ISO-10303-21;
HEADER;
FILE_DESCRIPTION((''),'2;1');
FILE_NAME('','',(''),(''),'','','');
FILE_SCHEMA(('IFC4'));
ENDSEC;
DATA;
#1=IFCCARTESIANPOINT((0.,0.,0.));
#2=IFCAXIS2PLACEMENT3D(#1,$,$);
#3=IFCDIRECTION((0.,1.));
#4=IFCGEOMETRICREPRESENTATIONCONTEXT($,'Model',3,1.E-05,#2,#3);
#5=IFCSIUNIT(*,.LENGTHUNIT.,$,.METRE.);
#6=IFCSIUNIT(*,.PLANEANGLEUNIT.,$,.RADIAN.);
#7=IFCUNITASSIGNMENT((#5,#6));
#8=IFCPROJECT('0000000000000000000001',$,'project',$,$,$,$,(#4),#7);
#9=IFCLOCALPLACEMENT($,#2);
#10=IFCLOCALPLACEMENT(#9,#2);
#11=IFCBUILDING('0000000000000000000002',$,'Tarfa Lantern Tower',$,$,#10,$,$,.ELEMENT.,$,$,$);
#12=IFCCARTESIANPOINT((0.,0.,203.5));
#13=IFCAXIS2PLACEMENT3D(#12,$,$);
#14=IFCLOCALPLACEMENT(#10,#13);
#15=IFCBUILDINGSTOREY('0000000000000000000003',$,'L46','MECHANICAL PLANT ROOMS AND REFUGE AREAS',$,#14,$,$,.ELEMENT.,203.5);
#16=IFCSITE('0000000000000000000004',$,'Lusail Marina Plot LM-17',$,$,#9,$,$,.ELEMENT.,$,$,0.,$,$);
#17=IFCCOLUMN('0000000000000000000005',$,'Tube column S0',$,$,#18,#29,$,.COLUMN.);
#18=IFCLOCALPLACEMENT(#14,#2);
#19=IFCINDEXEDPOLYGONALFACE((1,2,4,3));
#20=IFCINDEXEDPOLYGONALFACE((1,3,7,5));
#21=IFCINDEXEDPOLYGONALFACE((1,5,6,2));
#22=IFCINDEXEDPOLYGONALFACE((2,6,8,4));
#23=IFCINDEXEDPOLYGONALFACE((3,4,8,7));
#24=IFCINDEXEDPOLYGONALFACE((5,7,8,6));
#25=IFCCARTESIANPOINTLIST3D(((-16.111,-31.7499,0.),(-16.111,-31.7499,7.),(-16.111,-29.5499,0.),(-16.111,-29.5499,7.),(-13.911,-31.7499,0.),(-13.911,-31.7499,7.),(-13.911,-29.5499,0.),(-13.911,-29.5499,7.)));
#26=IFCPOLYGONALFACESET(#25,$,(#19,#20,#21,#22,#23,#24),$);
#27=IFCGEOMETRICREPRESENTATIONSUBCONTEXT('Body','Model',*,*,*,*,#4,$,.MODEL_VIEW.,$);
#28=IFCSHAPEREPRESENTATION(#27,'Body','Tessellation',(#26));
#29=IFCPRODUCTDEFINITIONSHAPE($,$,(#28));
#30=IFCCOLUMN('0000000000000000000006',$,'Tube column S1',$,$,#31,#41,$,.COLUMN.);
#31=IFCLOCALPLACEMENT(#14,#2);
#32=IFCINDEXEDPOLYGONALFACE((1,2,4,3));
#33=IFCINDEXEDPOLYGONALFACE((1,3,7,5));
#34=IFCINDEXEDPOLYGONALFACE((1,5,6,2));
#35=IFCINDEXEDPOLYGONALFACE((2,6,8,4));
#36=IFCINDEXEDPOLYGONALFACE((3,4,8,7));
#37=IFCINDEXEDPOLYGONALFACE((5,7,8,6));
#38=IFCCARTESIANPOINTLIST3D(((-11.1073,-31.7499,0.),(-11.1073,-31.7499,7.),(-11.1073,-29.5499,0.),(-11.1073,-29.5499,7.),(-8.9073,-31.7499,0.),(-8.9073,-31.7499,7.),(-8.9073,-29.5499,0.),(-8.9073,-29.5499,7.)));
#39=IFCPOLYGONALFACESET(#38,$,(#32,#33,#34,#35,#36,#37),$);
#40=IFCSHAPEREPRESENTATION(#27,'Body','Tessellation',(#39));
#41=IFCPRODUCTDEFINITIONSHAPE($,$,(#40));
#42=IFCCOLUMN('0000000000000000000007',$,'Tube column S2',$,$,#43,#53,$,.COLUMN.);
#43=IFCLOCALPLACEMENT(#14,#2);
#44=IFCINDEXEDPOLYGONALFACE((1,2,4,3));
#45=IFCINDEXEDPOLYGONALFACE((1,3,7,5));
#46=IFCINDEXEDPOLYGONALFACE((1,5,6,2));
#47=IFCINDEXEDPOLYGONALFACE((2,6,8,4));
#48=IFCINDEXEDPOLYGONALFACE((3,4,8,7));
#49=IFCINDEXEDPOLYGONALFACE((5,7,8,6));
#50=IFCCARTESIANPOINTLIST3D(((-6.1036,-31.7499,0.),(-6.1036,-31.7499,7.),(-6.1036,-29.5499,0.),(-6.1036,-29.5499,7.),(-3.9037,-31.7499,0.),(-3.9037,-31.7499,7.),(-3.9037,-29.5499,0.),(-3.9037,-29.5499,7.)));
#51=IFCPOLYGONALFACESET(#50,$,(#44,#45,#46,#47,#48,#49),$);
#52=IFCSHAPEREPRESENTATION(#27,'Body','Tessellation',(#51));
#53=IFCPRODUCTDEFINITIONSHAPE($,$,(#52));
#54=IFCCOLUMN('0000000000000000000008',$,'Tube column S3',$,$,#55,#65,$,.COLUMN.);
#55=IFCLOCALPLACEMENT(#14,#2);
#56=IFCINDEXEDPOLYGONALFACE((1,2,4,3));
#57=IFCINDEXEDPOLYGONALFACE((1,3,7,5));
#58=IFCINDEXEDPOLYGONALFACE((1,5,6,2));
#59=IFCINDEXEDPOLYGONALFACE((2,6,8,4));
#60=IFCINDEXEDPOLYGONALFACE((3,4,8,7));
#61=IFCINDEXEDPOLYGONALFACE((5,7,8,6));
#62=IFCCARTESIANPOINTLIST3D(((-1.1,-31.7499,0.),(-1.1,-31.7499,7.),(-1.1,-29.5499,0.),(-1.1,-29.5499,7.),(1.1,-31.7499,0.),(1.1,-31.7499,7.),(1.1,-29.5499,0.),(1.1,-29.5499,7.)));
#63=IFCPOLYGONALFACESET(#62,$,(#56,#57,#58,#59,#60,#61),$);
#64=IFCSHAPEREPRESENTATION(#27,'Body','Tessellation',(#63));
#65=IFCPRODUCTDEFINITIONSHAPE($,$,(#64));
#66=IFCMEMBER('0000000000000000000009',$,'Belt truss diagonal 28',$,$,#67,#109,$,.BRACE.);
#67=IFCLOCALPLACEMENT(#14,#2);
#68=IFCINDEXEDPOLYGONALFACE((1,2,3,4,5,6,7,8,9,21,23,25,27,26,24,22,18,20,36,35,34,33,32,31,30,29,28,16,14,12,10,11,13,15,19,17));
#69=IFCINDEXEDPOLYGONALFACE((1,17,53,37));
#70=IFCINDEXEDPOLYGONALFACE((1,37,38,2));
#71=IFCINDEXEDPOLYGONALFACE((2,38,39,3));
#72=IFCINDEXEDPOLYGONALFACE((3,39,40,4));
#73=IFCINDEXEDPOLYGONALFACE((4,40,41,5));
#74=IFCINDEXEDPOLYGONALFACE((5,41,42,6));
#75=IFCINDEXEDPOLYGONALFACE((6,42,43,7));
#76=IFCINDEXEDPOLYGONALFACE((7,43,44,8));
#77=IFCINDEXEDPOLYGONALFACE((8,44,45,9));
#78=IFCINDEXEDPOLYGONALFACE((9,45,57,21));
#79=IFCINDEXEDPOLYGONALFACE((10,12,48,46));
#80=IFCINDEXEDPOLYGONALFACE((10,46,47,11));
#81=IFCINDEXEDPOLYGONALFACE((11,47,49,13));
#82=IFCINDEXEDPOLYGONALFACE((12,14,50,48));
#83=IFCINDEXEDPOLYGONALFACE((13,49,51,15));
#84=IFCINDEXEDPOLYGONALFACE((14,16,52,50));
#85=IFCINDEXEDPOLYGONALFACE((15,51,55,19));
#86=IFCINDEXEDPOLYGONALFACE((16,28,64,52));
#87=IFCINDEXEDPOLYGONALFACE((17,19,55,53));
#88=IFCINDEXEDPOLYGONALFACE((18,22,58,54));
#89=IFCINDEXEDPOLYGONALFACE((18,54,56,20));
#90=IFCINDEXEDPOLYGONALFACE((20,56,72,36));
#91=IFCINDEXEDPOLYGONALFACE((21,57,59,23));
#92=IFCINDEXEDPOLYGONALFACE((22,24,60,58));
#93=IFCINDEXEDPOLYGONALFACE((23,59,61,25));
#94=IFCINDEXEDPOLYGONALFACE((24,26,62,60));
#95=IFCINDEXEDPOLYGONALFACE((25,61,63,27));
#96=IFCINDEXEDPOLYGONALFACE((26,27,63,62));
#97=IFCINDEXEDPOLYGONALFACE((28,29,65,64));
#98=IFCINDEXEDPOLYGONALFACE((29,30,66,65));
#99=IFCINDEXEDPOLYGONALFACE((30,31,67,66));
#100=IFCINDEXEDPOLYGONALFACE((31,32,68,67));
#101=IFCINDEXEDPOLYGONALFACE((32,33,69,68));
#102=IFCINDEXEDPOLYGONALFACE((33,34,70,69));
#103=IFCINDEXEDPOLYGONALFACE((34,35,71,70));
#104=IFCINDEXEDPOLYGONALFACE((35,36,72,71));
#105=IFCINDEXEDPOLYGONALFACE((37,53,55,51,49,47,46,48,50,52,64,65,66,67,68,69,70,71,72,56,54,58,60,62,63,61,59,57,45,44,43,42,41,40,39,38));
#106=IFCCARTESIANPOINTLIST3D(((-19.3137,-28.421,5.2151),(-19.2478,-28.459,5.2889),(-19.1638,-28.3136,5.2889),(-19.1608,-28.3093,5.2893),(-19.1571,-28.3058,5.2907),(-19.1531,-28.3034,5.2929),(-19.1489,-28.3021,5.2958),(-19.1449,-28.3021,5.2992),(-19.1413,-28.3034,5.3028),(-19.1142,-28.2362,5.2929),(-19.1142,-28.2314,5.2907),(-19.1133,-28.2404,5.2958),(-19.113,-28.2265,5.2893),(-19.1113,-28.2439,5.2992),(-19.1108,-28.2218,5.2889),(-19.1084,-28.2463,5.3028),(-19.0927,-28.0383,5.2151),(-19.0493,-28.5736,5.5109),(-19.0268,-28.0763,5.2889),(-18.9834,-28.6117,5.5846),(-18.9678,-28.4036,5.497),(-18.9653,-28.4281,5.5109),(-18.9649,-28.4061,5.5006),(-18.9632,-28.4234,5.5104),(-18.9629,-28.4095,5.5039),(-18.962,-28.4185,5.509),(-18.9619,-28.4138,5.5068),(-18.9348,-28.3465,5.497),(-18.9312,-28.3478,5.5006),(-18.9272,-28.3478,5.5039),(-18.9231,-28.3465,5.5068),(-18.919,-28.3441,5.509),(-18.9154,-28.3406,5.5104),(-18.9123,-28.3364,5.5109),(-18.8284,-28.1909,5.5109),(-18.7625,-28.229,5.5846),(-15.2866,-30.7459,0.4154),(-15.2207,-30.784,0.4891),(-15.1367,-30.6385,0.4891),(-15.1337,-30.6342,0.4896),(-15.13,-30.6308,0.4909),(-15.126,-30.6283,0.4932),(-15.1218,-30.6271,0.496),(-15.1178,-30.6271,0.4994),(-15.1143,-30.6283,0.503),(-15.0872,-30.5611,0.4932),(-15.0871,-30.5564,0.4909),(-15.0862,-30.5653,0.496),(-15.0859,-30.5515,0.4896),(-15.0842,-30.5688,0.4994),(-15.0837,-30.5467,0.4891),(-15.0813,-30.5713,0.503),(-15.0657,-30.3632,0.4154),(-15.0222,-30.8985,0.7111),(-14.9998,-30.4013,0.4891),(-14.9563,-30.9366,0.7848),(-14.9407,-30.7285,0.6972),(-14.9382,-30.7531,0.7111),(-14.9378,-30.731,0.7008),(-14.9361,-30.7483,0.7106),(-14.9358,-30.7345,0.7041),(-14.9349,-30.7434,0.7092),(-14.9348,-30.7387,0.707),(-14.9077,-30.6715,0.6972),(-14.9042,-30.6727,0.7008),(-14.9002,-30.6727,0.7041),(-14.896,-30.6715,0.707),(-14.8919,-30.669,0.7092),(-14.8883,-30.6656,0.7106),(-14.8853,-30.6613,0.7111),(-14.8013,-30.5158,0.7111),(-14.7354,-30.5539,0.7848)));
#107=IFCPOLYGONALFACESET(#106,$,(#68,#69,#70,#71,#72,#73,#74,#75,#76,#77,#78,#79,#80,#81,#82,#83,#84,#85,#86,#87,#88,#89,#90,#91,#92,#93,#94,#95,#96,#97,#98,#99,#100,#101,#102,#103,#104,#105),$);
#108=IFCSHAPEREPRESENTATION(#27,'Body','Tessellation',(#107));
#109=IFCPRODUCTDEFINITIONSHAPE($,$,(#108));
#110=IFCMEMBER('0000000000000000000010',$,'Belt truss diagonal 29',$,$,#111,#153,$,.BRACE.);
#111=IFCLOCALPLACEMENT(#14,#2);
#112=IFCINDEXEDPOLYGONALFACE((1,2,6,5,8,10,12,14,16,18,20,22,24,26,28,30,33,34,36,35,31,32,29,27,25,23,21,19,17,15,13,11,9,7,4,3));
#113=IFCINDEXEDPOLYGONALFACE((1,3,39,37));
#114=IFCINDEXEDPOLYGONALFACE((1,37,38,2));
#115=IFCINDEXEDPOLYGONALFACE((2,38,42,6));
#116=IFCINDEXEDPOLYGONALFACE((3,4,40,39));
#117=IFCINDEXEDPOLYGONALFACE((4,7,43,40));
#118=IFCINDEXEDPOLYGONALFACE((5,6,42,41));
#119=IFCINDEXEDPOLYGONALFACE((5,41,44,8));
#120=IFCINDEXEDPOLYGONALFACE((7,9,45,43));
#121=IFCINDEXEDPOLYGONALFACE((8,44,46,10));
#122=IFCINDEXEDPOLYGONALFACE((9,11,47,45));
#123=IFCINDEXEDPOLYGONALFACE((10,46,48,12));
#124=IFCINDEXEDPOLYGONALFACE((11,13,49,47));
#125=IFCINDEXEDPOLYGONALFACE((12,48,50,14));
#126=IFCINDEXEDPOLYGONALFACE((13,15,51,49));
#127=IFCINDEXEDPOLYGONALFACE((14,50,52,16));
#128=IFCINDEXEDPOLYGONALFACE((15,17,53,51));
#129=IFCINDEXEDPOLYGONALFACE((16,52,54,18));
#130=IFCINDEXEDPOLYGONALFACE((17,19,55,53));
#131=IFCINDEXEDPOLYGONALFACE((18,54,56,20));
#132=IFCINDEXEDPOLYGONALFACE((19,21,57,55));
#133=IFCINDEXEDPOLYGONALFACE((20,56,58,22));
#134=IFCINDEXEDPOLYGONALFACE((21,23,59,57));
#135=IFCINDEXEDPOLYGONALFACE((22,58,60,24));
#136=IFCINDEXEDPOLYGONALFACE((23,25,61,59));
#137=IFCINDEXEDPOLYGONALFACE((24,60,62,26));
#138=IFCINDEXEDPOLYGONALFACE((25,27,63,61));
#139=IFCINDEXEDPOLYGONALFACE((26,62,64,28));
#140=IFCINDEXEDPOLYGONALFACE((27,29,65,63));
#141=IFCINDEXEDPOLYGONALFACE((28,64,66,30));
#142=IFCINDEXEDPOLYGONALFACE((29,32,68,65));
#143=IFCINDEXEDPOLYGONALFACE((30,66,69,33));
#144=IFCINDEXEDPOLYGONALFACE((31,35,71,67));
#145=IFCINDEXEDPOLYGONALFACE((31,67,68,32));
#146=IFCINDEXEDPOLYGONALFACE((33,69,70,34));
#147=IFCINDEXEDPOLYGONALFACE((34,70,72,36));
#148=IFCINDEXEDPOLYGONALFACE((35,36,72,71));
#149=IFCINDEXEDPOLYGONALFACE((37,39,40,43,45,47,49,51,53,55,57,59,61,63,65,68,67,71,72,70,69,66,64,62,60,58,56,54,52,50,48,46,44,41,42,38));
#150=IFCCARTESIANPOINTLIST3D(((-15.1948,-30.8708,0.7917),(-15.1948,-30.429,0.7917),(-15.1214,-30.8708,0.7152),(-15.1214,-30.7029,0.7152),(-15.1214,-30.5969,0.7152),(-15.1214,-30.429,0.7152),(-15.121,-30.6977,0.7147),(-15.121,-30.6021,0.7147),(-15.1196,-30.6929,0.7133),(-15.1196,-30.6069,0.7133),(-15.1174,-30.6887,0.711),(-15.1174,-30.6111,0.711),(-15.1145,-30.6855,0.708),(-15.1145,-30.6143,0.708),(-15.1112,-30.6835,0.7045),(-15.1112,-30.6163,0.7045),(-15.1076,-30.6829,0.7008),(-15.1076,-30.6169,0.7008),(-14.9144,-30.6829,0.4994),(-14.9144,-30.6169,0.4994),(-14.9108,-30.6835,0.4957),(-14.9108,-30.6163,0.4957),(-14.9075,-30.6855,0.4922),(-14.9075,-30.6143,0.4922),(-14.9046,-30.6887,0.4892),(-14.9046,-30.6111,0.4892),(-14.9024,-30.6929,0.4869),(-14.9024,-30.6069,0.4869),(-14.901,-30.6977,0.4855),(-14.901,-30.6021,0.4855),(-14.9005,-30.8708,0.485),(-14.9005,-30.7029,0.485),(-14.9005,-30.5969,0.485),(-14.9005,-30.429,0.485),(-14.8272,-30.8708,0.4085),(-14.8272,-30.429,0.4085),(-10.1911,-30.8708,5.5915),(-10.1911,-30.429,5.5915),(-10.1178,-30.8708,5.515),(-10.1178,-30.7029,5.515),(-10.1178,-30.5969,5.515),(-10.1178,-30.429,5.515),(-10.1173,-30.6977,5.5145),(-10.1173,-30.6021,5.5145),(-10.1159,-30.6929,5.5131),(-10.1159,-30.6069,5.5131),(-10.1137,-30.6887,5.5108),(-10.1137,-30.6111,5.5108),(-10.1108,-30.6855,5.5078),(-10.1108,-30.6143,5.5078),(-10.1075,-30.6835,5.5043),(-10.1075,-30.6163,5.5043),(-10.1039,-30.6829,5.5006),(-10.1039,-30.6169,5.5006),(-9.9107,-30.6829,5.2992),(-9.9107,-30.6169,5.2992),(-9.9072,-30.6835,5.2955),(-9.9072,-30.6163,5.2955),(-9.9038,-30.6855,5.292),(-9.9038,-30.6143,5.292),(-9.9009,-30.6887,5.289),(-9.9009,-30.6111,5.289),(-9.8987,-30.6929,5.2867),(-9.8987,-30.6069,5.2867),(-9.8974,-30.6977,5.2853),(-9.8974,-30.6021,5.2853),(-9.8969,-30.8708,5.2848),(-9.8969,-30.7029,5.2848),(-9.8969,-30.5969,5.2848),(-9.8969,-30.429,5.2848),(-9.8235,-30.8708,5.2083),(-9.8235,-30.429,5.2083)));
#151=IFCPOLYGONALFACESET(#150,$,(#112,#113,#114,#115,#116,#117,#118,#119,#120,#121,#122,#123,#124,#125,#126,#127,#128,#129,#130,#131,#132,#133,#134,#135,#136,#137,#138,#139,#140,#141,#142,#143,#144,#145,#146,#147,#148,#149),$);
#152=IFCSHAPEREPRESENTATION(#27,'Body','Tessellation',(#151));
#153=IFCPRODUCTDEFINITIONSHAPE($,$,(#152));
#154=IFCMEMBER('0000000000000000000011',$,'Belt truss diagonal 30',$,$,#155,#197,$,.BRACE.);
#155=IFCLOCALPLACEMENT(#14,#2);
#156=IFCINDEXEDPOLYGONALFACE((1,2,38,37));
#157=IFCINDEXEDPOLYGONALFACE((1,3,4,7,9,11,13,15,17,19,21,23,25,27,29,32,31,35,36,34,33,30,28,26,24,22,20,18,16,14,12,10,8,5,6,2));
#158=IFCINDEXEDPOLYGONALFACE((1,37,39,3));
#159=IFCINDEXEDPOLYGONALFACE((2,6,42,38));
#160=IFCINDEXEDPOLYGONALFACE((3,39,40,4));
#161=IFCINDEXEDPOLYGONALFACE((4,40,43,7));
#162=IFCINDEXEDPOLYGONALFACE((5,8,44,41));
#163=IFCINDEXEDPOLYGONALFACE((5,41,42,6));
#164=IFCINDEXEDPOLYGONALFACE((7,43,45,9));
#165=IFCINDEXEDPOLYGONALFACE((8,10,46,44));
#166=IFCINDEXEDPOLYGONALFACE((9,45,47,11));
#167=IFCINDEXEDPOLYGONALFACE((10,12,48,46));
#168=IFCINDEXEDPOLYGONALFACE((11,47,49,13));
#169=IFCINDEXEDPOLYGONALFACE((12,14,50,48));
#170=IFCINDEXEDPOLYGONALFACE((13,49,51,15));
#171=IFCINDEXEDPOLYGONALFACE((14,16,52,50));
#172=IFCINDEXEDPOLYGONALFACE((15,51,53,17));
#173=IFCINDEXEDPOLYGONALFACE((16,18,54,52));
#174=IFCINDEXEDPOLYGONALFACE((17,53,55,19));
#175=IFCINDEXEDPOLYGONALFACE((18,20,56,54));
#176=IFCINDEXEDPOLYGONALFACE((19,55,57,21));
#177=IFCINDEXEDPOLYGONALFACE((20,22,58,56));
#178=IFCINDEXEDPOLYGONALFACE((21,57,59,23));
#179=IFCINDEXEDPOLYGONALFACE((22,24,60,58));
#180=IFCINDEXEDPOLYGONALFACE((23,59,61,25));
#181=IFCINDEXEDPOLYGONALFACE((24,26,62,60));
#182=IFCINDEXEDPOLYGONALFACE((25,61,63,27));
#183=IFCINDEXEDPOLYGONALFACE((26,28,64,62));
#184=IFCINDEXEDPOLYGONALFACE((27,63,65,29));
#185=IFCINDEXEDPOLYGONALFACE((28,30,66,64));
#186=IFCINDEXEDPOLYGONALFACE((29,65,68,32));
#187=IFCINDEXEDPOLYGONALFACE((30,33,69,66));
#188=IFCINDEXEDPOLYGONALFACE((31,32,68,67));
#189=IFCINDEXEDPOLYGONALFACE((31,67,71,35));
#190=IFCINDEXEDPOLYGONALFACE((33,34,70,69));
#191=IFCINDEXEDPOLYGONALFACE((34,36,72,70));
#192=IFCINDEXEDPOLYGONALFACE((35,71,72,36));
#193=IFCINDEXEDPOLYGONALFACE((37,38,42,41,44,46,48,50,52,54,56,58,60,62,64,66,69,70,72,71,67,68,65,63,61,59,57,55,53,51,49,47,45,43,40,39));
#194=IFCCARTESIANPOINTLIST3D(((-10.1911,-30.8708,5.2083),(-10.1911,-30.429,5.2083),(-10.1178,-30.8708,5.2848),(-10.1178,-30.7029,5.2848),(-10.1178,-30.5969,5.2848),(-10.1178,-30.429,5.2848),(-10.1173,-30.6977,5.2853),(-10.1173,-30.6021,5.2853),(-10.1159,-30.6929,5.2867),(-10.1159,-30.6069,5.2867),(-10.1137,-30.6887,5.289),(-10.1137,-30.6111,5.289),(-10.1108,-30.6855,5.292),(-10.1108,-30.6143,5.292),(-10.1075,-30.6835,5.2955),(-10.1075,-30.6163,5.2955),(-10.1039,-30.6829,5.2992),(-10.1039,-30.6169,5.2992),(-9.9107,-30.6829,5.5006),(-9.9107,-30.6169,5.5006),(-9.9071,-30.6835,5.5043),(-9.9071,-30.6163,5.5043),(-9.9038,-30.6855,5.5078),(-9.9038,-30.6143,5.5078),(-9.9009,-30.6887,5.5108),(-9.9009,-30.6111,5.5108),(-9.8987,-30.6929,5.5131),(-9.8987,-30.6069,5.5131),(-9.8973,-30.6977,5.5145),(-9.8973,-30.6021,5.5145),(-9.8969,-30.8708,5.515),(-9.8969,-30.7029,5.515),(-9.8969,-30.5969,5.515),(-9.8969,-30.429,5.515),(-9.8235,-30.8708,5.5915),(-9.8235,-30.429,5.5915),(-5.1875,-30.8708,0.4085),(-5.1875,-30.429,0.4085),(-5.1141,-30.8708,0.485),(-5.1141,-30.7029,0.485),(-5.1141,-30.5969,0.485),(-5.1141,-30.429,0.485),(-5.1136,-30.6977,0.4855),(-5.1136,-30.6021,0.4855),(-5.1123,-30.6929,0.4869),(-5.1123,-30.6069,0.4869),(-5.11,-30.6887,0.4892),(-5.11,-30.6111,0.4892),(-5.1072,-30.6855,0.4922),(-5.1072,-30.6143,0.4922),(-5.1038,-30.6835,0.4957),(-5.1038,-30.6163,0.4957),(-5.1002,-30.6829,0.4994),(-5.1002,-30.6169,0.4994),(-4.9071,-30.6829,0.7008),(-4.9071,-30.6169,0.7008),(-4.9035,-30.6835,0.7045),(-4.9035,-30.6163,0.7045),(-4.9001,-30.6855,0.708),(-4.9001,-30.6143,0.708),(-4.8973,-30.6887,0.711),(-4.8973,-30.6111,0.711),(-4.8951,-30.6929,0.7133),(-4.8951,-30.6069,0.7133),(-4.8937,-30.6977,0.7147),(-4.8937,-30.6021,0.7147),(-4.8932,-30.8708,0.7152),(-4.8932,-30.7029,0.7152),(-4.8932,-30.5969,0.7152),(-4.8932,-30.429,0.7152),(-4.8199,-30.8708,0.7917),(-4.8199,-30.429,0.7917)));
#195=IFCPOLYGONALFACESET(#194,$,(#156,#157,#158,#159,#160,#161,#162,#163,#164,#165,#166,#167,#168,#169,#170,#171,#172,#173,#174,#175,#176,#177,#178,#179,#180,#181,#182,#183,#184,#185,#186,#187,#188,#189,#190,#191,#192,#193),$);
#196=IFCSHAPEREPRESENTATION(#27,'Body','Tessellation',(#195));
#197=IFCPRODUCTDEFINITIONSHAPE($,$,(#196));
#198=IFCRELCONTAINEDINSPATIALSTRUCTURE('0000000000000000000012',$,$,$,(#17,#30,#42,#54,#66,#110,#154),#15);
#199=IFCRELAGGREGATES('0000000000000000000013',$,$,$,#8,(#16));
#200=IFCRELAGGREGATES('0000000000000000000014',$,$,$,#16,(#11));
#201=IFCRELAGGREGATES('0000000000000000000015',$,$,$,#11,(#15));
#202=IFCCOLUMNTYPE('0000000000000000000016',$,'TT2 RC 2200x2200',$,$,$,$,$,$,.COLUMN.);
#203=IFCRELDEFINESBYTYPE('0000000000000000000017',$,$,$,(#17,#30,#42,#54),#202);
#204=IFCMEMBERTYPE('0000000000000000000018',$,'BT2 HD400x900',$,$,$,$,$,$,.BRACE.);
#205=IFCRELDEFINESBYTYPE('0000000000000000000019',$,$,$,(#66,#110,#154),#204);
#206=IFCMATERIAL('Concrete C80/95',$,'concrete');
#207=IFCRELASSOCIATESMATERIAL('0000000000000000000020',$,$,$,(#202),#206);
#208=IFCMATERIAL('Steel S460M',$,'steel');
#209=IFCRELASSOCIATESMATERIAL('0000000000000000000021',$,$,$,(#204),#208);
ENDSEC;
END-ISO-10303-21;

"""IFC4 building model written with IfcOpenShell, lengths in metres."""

from ifc_helpers import new_model, si_unit, direction, frame, origin, origin_2d, place, context, subcontext, project, spatial, rectangle, i_section, extrude, material, material_profile, profile_set, type_object, element, save


model = new_model("IFC4")

# Units and contexts
model_context = context("Model", 3, precision=1e-05, world=origin(), true_north=direction((0.0, 1.0)))
body_context = subcontext(model_context, "Body", "Model", "MODEL_VIEW")
ifc_project = project(units=[si_unit("LENGTHUNIT", "METRE"), si_unit("PLANEANGLEUNIT", "RADIAN")], contexts=[model_context])

# Site, building, storey
site_placement = place(None, origin())
site = spatial("IfcSite", under=ifc_project, at=site_placement, Name="Lusail Marina Plot LM-17", CompositionType="ELEMENT", RefElevation=0.0)
building_placement = place(site_placement, origin())
building = spatial("IfcBuilding", under=site, at=building_placement, Name="Tarfa Lantern Tower", CompositionType="ELEMENT")
storey_placement = place(building_placement, frame((0.0, 0.0, 203.5)))
storey = spatial("IfcBuildingStorey", under=building, at=storey_placement, Name="L46", Description="MECHANICAL PLANT ROOMS AND REFUGE AREAS", CompositionType="ELEMENT", Elevation=203.5)

# Columns
ifc_material_1 = material(Name="Concrete C80/95", Category="concrete")
ifc_material_profile_1 = material_profile(ifc_material_1, rectangle(XDim=2.2, YDim=2.2, at=origin_2d()), Name="RC 2200x2200")
ifc_profile_set_1 = profile_set([ifc_material_profile_1], Name="Concrete C80/95")
column_type = type_object("IfcColumnType", Name="TT2 RC 2200x2200", PredefinedType="COLUMN", material=ifc_profile_set_1)
for number, where, z_axis, x_axis, name in (
    (1, (-15.011, -30.6499, 0.0), (0.0, 0.0, 1.0), (1.0, 0.0, 0.0), "Tube column S0"),
    (2, (-10.0073, -30.6499, 0.0), (0.0, 0.0, 1.0), (1.0, 0.0, 0.0), "Tube column S1"),
    (3, (-5.0037, -30.6499, 0.0), (0.0, 0.0, 1.0), (1.0, 0.0, 0.0), "Tube column S2"),
    (4, (0.0, -30.6499, 0.0), (0.0, 0.0, 1.0), (1.0, 0.0, 0.0), "Tube column S3"),
):
    element("IfcColumn", number, at=place(storey_placement, frame(where, z_axis=z_axis, x_axis=x_axis)), inside=storey, type_object=column_type, Name=name, PredefinedType="COLUMN", context=body_context, shape_type="SweptSolid", body=[
        extrude(rectangle(XDim=2.2, YDim=2.2, at=origin_2d()), origin(), (0.0, 0.0, 1.0), 7.0),
    ])

# Members
ifc_material_2 = material(Name="Steel S460M", Category="steel")
ifc_material_profile_2 = material_profile(ifc_material_2, i_section(OverallWidth=0.4419, OverallDepth=0.531, WebThickness=0.0659, FlangeThickness=0.106, FilletRadius=0.02, at=origin_2d()), Name="HD400x900")
ifc_profile_set_2 = profile_set([ifc_material_profile_2], Name="Steel S460M")
member_type_1 = type_object("IfcMemberType", Name="BT2 HD400x900", PredefinedType="BRACE", material=ifc_profile_set_2)
member_1_placement = place(storey_placement, frame((-15.011, -30.6499, 0.6001), z_axis=(-0.602598, 0.347896, 0.718223), x_axis=(-0.499985, -0.866034, 0.0)))
element("IfcMember", 5, at=member_1_placement, inside=storey, type_object=member_type_1, Name="Belt truss diagonal 28", PredefinedType="BRACE", context=body_context, shape_type="SweptSolid", body=[
    extrude(i_section(OverallWidth=0.4419, OverallDepth=0.531, WebThickness=0.0659, FlangeThickness=0.106, FilletRadius=0.02, at=origin_2d()), origin(), (0.0, 0.0, 1.0), 6.6829),
])
for number, where, z_axis, x_axis, name in (
    (6, (-15.011, -30.6499, 0.6001), (0.721655, 0.0, 0.692253), (0.0, 1.0, 0.0), "Belt truss diagonal 29"),
    (7, (-5.0037, -30.6499, 0.6001), (-0.721655, 0.0, 0.692253), (0.0, -1.0, 0.0), "Belt truss diagonal 30"),
):
    element("IfcMember", number, at=place(storey_placement, frame(where, z_axis=z_axis, x_axis=x_axis)), inside=storey, type_object=member_type_1, Name=name, PredefinedType="BRACE", context=body_context, shape_type="SweptSolid", body=[
        extrude(i_section(OverallWidth=0.4419, OverallDepth=0.531, WebThickness=0.0659, FlangeThickness=0.106, FilletRadius=0.02, at=origin_2d()), origin(), (0.0, 0.0, 1.0), 6.9336),
    ])

save(model, "model.ifc")
